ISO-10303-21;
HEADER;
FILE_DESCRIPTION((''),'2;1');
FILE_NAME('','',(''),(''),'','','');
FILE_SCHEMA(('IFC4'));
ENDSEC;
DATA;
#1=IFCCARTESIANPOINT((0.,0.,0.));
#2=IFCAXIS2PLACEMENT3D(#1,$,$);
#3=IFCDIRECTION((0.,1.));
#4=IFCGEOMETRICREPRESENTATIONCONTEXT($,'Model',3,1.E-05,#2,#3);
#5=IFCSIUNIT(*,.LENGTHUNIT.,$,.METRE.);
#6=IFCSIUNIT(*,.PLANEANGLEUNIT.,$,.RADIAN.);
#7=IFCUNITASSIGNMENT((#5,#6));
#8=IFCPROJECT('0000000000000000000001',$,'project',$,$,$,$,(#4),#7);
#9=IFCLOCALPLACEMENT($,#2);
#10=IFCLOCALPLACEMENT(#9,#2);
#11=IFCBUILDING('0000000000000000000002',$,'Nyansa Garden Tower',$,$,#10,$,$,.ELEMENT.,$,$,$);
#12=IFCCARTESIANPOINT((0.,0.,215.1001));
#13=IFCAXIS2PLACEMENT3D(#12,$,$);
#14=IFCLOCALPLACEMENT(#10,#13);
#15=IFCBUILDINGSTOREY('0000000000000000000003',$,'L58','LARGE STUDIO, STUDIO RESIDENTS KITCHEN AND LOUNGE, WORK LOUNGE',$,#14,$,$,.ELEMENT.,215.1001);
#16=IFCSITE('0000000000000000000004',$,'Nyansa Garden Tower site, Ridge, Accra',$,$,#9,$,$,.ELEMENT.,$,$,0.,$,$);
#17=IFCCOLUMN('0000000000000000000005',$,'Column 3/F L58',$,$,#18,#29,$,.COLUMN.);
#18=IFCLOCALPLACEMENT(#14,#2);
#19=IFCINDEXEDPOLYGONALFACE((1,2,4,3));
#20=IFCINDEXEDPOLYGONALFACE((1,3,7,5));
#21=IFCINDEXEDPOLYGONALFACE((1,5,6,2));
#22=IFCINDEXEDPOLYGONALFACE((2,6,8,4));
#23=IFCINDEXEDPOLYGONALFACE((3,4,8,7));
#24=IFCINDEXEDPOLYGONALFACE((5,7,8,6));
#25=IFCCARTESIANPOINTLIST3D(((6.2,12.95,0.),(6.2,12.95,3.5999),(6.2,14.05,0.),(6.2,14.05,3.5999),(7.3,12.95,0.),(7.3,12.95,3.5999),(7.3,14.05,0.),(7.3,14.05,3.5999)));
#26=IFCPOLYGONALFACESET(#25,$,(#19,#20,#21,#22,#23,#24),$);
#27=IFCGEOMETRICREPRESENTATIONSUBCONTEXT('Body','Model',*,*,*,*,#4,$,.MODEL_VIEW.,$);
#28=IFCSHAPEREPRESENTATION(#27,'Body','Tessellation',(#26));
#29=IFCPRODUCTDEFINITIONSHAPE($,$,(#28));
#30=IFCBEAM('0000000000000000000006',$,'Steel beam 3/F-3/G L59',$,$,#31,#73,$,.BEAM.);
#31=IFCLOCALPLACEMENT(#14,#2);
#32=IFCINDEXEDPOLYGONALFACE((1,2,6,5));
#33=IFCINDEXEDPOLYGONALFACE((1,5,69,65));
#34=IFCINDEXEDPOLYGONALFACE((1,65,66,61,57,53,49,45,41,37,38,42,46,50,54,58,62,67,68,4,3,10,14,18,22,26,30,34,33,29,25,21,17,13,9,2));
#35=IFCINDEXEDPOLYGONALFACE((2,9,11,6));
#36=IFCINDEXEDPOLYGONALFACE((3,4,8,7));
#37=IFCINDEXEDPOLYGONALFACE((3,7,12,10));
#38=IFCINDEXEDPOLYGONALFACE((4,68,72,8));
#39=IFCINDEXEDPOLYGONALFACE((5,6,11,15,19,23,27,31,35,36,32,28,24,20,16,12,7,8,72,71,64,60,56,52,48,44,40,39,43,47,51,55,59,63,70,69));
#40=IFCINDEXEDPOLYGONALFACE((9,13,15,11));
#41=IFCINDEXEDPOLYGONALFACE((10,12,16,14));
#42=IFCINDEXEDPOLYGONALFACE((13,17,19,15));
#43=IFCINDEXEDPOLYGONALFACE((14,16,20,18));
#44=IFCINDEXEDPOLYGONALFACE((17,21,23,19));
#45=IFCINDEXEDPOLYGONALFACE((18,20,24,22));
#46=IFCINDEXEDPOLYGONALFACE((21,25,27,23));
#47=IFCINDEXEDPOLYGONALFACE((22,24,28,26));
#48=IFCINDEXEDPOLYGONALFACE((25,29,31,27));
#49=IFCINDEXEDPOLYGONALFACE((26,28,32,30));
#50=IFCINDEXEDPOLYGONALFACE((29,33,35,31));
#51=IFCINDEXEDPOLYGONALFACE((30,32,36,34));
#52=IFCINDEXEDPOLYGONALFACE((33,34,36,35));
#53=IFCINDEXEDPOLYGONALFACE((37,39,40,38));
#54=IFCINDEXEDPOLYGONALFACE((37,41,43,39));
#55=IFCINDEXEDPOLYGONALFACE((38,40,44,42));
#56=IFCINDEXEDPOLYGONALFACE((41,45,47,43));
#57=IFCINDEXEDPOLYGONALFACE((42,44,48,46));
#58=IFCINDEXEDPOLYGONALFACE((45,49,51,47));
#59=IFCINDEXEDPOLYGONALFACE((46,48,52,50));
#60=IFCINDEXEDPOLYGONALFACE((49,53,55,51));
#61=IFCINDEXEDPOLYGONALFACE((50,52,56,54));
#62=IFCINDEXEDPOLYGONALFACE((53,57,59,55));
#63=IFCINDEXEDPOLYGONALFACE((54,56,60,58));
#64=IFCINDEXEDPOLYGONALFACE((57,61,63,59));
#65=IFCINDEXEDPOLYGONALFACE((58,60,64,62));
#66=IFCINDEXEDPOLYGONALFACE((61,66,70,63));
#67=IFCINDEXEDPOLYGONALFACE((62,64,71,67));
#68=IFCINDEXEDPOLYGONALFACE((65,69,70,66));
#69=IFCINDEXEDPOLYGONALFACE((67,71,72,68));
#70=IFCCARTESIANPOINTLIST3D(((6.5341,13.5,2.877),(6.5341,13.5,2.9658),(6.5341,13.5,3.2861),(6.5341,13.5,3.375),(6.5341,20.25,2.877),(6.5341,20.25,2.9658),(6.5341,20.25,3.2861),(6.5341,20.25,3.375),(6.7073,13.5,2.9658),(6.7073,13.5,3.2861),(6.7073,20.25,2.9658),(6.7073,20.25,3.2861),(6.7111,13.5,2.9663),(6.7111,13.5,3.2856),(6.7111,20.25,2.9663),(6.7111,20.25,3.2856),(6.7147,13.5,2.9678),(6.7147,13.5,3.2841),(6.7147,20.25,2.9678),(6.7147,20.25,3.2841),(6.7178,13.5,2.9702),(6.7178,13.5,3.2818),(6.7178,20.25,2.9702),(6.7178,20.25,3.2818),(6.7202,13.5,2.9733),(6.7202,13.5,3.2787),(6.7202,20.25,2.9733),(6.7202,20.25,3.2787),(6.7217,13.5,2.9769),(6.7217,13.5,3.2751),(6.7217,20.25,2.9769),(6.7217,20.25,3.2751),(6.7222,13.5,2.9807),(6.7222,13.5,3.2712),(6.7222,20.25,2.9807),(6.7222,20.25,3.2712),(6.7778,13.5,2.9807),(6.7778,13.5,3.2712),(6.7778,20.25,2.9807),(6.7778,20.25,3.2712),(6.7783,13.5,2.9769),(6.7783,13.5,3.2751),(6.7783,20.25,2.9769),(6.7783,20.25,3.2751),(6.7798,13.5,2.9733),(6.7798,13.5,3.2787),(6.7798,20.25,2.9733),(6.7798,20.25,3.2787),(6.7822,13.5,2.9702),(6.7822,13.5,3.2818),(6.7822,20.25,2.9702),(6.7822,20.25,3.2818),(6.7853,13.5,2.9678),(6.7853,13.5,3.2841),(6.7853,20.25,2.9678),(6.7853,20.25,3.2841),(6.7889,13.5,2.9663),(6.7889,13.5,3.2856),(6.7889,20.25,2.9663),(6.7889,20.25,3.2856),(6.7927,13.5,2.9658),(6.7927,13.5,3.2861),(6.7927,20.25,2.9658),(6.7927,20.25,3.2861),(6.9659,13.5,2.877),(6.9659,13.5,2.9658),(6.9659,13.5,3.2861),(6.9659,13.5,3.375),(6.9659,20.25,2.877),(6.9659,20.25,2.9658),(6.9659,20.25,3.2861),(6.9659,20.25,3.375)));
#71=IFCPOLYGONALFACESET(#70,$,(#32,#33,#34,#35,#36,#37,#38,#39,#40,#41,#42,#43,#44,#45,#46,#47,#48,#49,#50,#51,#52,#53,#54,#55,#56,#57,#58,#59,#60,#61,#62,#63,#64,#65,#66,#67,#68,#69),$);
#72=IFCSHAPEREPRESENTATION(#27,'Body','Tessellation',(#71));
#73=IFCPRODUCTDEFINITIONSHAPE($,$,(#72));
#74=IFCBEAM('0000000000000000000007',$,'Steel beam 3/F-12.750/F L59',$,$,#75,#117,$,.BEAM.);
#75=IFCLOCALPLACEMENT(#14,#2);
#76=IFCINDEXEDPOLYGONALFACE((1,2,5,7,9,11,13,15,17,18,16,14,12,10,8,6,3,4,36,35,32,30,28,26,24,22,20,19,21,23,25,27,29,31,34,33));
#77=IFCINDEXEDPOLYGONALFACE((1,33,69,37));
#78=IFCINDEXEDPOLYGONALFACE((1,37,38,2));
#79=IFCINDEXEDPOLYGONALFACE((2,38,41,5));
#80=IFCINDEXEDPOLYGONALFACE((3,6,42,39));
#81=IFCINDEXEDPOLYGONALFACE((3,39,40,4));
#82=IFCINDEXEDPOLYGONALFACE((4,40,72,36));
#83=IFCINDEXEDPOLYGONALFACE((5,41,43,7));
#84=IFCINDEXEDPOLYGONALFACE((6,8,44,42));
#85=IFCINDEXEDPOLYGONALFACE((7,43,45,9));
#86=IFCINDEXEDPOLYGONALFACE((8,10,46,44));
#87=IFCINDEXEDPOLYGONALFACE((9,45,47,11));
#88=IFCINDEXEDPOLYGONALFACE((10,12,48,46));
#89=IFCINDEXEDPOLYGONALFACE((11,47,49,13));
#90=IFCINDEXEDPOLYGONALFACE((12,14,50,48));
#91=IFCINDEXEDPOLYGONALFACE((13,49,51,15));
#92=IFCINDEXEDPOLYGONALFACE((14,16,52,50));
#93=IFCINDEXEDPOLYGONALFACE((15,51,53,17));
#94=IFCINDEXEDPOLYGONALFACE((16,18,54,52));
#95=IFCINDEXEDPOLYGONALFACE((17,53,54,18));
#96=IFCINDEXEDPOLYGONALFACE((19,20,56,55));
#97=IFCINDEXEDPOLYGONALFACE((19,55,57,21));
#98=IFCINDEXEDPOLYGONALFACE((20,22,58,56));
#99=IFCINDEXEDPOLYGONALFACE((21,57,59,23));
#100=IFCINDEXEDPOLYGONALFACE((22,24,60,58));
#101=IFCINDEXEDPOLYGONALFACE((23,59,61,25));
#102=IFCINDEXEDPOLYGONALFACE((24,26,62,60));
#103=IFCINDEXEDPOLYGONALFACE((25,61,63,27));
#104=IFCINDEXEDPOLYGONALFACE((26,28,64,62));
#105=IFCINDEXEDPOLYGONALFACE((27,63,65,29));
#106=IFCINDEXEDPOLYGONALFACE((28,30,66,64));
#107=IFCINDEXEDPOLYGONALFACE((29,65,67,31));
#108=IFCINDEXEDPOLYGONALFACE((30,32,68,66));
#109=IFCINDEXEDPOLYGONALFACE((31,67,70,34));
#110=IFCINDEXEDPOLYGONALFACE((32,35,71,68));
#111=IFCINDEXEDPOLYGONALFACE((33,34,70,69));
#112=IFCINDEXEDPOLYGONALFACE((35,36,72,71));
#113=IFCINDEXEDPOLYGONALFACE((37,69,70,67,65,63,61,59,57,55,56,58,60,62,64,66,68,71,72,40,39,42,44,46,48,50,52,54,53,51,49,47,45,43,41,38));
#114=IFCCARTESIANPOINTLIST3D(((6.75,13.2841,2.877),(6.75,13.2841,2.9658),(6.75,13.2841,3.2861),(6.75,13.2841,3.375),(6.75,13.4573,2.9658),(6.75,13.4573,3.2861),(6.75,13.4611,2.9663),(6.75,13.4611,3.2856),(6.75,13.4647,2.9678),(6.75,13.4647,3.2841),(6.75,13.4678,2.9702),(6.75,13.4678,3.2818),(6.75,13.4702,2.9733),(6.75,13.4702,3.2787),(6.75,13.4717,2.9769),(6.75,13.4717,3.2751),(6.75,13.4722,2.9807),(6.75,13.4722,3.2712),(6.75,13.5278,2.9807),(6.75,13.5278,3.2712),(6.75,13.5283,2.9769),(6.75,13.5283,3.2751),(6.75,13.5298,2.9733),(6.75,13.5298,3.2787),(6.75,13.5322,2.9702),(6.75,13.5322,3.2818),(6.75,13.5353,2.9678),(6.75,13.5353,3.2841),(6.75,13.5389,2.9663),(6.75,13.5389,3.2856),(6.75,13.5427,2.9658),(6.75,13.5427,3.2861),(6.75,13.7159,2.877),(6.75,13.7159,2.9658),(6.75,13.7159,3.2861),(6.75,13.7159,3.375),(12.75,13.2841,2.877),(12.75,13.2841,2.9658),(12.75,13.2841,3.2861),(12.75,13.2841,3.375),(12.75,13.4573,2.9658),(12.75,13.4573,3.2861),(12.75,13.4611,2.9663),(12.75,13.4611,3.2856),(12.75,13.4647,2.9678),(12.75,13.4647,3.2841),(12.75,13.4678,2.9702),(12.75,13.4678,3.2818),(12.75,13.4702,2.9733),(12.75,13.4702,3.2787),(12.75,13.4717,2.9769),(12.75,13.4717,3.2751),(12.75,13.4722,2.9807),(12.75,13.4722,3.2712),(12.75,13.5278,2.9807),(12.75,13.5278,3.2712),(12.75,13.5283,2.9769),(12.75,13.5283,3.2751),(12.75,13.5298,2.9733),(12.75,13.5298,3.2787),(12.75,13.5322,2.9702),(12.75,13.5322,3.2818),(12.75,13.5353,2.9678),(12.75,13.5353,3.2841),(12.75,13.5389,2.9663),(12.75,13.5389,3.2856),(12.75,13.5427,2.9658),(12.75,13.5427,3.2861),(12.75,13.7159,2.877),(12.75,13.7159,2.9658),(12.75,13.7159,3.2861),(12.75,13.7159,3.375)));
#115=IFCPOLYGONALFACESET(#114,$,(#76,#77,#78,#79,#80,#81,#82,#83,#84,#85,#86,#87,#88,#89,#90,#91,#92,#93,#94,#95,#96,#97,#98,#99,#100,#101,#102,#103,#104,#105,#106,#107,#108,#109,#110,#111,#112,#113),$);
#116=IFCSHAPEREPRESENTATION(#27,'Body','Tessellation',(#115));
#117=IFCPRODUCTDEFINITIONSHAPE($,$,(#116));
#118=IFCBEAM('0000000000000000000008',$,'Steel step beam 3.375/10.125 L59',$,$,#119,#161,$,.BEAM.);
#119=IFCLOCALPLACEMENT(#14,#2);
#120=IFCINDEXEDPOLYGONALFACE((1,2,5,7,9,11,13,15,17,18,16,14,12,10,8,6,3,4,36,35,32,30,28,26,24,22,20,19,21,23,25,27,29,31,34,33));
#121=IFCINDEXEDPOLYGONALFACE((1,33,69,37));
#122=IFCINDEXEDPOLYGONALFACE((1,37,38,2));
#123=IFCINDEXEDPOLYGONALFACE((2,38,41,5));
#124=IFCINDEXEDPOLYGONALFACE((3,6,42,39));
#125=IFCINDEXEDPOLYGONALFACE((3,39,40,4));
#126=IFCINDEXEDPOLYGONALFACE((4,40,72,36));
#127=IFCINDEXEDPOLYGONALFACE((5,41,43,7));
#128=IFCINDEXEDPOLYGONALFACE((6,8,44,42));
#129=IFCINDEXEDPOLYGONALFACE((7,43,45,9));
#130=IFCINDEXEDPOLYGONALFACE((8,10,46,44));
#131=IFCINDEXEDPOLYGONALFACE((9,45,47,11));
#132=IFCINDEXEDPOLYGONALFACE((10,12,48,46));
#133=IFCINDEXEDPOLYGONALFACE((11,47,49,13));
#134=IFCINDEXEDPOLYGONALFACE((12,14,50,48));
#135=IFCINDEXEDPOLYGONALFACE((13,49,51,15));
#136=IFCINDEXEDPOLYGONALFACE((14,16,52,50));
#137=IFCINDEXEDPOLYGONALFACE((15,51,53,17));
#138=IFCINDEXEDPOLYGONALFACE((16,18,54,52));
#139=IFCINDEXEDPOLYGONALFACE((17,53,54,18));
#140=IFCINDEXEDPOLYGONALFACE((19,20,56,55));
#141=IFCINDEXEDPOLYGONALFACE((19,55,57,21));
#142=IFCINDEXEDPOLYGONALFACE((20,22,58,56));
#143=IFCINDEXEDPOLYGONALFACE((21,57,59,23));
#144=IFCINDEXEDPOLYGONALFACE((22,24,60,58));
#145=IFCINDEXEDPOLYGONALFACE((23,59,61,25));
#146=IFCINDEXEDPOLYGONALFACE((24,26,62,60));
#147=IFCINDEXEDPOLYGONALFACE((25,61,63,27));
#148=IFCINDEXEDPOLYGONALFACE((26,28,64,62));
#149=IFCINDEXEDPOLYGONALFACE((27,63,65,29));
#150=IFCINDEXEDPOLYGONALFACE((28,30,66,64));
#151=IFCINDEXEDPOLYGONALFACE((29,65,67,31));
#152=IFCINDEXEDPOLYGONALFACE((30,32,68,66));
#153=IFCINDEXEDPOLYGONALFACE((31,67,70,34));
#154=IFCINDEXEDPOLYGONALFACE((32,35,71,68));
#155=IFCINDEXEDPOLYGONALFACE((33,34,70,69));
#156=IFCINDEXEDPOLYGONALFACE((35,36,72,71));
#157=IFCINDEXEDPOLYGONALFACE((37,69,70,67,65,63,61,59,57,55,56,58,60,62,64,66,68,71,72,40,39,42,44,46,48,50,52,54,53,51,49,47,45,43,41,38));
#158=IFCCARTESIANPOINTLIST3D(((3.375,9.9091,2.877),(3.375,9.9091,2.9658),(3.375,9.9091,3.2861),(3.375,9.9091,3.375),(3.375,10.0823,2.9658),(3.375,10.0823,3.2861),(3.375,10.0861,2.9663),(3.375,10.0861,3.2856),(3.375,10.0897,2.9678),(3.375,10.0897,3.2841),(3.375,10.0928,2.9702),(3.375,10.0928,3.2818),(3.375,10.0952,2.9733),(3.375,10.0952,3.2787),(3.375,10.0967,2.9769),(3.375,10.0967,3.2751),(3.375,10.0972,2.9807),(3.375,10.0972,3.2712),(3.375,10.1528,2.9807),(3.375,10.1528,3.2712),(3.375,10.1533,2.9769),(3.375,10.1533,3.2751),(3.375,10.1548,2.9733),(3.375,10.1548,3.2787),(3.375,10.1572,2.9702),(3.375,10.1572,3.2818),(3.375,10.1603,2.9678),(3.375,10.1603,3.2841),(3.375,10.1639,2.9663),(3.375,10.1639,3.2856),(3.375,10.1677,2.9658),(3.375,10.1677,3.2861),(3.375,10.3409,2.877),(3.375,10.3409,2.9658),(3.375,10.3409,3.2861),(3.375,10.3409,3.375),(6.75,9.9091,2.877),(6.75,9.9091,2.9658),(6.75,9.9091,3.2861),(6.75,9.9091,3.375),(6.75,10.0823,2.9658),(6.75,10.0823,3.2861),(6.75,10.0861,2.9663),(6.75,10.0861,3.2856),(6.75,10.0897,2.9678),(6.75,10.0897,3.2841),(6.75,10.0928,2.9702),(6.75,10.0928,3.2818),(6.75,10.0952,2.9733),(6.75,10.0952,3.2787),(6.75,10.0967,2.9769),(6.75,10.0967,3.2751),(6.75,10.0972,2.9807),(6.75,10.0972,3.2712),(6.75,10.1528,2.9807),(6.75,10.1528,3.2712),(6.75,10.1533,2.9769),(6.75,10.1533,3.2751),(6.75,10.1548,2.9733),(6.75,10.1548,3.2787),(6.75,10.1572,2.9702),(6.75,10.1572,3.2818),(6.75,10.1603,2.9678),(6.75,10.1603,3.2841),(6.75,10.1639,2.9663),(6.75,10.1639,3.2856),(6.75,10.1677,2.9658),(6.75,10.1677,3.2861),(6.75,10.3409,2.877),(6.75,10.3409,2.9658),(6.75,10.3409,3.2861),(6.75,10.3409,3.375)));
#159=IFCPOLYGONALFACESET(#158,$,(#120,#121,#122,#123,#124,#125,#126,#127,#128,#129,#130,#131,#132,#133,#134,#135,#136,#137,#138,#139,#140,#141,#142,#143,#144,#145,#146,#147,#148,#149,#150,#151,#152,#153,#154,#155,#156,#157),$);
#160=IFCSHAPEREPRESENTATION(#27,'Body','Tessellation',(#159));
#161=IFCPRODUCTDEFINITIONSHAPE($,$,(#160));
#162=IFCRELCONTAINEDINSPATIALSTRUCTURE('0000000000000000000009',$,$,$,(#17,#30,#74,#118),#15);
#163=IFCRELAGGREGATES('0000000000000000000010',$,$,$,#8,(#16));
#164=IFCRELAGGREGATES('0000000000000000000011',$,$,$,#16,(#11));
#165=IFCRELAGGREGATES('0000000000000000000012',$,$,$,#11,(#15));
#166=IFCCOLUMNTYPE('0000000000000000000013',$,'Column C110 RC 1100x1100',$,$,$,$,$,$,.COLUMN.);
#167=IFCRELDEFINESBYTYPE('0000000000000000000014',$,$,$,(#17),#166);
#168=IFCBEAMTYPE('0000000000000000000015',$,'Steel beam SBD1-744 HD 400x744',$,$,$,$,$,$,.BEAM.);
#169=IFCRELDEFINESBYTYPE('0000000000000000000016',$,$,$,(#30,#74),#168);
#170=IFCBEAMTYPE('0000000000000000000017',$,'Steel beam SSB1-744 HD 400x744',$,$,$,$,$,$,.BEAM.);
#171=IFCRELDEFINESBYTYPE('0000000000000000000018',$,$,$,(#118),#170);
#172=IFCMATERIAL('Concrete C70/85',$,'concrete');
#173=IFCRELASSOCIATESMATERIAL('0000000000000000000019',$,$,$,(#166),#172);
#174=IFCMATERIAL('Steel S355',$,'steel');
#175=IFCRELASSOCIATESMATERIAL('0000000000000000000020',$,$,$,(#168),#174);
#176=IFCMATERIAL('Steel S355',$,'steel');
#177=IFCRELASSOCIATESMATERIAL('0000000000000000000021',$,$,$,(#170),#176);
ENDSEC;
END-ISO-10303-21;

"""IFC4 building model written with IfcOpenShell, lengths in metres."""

from ifc_helpers import new_model, si_unit, direction, frame, origin, origin_2d, place, context, subcontext, project, spatial, rectangle, i_section, extrude, material, material_profile, profile_set, type_object, element, save


model = new_model("IFC4")

# Units and contexts
model_context = context("Model", 3, precision=1e-05, world=origin(), true_north=direction((0.0, 1.0)))
body_context = subcontext(model_context, "Body", "Model", "MODEL_VIEW")
ifc_project = project(units=[si_unit("LENGTHUNIT", "METRE"), si_unit("PLANEANGLEUNIT", "RADIAN")], contexts=[model_context])

# Site, building, storey
site_placement = place(None, origin())
site = spatial("IfcSite", under=ifc_project, at=site_placement, Name="Nyansa Garden Tower site, Ridge, Accra", CompositionType="ELEMENT", RefElevation=0.0)
building_placement = place(site_placement, origin())
building = spatial("IfcBuilding", under=site, at=building_placement, Name="Nyansa Garden Tower", CompositionType="ELEMENT")
storey_placement = place(building_placement, frame((0.0, 0.0, 215.1001)))
storey = spatial("IfcBuildingStorey", under=building, at=storey_placement, Name="L58", Description="LARGE STUDIO, STUDIO RESIDENTS KITCHEN AND LOUNGE, WORK LOUNGE", CompositionType="ELEMENT", Elevation=215.1001)

# Column
ifc_material_1 = material(Name="Concrete C70/85", Category="concrete")
ifc_material_profile_1 = material_profile(ifc_material_1, rectangle(XDim=1.1001, YDim=1.1001, at=origin_2d()), Name="RC 1100x1100")
ifc_profile_set_1 = profile_set([ifc_material_profile_1], Name="Concrete C70/85")
column_type = type_object("IfcColumnType", Name="Column C110 RC 1100x1100", PredefinedType="COLUMN", material=ifc_profile_set_1)
column_placement = place(storey_placement, frame((6.75, 13.5, 0.0), z_axis=(0.0, 0.0, 1.0), x_axis=(1.0, 0.0, 0.0)))
element("IfcColumn", 1, at=column_placement, inside=storey, type_object=column_type, Name="Column 3/F L58", PredefinedType="COLUMN", context=body_context, shape_type="SweptSolid", body=[
    extrude(rectangle(XDim=1.1001, YDim=1.1001, at=origin_2d()), origin(), (0.0, 0.0, 1.0), 3.5999),
])

# Beams
ifc_material_2 = material(Name="Steel S355", Category="steel")
ifc_material_profile_2 = material_profile(ifc_material_2, i_section(OverallWidth=0.4319, OverallDepth=0.498, WebThickness=0.0557, FlangeThickness=0.0889, FilletRadius=0.0149, at=origin_2d()), Name="HD 400x744")
ifc_profile_set_2 = profile_set([ifc_material_profile_2], Name="Steel S355")
beam_type_1 = type_object("IfcBeamType", Name="Steel beam SBD1-744 HD 400x744", PredefinedType="BEAM", material=ifc_profile_set_2)
beam_1_placement = place(storey_placement, frame((6.75, 13.5, 3.126), z_axis=(0.0, 1.0, 0.0), x_axis=(-1.0, 0.0, 0.0)))
element("IfcBeam", 2, at=beam_1_placement, inside=storey, type_object=beam_type_1, Name="Steel beam 3/F-3/G L59", PredefinedType="BEAM", context=body_context, shape_type="SweptSolid", body=[
    extrude(i_section(OverallWidth=0.4319, OverallDepth=0.498, WebThickness=0.0557, FlangeThickness=0.0889, FilletRadius=0.0149, at=origin_2d()), origin(), (0.0, 0.0, 1.0), 6.75),
])
beam_2_placement = place(storey_placement, frame((6.75, 13.5, 3.126), z_axis=(1.0, 0.0, 0.0), x_axis=(0.0, 1.0, 0.0)))
element("IfcBeam", 3, at=beam_2_placement, inside=storey, type_object=beam_type_1, Name="Steel beam 3/F-12.750/F L59", PredefinedType="BEAM", context=body_context, shape_type="SweptSolid", body=[
    extrude(i_section(OverallWidth=0.4319, OverallDepth=0.498, WebThickness=0.0557, FlangeThickness=0.0889, FilletRadius=0.0149, at=origin_2d()), origin(), (0.0, 0.0, 1.0), 6.0),
])
ifc_material_3 = material(Name="Steel S355", Category="steel")
ifc_material_profile_3 = material_profile(ifc_material_3, i_section(OverallWidth=0.4319, OverallDepth=0.498, WebThickness=0.0557, FlangeThickness=0.0889, FilletRadius=0.0149, at=origin_2d()), Name="HD 400x744")
ifc_profile_set_3 = profile_set([ifc_material_profile_3], Name="Steel S355")
beam_type_2 = type_object("IfcBeamType", Name="Steel beam SSB1-744 HD 400x744", PredefinedType="BEAM", material=ifc_profile_set_3)
beam_3_placement = place(storey_placement, frame((3.375, 10.125, 3.126), z_axis=(1.0, 0.0, 0.0), x_axis=(0.0, 1.0, 0.0)))
element("IfcBeam", 4, at=beam_3_placement, inside=storey, type_object=beam_type_2, Name="Steel step beam 3.375/10.125 L59", PredefinedType="BEAM", context=body_context, shape_type="SweptSolid", body=[
    extrude(i_section(OverallWidth=0.4319, OverallDepth=0.498, WebThickness=0.0557, FlangeThickness=0.0889, FilletRadius=0.0149, at=origin_2d()), origin(), (0.0, 0.0, 1.0), 3.375),
])

save(model, "model.ifc")
